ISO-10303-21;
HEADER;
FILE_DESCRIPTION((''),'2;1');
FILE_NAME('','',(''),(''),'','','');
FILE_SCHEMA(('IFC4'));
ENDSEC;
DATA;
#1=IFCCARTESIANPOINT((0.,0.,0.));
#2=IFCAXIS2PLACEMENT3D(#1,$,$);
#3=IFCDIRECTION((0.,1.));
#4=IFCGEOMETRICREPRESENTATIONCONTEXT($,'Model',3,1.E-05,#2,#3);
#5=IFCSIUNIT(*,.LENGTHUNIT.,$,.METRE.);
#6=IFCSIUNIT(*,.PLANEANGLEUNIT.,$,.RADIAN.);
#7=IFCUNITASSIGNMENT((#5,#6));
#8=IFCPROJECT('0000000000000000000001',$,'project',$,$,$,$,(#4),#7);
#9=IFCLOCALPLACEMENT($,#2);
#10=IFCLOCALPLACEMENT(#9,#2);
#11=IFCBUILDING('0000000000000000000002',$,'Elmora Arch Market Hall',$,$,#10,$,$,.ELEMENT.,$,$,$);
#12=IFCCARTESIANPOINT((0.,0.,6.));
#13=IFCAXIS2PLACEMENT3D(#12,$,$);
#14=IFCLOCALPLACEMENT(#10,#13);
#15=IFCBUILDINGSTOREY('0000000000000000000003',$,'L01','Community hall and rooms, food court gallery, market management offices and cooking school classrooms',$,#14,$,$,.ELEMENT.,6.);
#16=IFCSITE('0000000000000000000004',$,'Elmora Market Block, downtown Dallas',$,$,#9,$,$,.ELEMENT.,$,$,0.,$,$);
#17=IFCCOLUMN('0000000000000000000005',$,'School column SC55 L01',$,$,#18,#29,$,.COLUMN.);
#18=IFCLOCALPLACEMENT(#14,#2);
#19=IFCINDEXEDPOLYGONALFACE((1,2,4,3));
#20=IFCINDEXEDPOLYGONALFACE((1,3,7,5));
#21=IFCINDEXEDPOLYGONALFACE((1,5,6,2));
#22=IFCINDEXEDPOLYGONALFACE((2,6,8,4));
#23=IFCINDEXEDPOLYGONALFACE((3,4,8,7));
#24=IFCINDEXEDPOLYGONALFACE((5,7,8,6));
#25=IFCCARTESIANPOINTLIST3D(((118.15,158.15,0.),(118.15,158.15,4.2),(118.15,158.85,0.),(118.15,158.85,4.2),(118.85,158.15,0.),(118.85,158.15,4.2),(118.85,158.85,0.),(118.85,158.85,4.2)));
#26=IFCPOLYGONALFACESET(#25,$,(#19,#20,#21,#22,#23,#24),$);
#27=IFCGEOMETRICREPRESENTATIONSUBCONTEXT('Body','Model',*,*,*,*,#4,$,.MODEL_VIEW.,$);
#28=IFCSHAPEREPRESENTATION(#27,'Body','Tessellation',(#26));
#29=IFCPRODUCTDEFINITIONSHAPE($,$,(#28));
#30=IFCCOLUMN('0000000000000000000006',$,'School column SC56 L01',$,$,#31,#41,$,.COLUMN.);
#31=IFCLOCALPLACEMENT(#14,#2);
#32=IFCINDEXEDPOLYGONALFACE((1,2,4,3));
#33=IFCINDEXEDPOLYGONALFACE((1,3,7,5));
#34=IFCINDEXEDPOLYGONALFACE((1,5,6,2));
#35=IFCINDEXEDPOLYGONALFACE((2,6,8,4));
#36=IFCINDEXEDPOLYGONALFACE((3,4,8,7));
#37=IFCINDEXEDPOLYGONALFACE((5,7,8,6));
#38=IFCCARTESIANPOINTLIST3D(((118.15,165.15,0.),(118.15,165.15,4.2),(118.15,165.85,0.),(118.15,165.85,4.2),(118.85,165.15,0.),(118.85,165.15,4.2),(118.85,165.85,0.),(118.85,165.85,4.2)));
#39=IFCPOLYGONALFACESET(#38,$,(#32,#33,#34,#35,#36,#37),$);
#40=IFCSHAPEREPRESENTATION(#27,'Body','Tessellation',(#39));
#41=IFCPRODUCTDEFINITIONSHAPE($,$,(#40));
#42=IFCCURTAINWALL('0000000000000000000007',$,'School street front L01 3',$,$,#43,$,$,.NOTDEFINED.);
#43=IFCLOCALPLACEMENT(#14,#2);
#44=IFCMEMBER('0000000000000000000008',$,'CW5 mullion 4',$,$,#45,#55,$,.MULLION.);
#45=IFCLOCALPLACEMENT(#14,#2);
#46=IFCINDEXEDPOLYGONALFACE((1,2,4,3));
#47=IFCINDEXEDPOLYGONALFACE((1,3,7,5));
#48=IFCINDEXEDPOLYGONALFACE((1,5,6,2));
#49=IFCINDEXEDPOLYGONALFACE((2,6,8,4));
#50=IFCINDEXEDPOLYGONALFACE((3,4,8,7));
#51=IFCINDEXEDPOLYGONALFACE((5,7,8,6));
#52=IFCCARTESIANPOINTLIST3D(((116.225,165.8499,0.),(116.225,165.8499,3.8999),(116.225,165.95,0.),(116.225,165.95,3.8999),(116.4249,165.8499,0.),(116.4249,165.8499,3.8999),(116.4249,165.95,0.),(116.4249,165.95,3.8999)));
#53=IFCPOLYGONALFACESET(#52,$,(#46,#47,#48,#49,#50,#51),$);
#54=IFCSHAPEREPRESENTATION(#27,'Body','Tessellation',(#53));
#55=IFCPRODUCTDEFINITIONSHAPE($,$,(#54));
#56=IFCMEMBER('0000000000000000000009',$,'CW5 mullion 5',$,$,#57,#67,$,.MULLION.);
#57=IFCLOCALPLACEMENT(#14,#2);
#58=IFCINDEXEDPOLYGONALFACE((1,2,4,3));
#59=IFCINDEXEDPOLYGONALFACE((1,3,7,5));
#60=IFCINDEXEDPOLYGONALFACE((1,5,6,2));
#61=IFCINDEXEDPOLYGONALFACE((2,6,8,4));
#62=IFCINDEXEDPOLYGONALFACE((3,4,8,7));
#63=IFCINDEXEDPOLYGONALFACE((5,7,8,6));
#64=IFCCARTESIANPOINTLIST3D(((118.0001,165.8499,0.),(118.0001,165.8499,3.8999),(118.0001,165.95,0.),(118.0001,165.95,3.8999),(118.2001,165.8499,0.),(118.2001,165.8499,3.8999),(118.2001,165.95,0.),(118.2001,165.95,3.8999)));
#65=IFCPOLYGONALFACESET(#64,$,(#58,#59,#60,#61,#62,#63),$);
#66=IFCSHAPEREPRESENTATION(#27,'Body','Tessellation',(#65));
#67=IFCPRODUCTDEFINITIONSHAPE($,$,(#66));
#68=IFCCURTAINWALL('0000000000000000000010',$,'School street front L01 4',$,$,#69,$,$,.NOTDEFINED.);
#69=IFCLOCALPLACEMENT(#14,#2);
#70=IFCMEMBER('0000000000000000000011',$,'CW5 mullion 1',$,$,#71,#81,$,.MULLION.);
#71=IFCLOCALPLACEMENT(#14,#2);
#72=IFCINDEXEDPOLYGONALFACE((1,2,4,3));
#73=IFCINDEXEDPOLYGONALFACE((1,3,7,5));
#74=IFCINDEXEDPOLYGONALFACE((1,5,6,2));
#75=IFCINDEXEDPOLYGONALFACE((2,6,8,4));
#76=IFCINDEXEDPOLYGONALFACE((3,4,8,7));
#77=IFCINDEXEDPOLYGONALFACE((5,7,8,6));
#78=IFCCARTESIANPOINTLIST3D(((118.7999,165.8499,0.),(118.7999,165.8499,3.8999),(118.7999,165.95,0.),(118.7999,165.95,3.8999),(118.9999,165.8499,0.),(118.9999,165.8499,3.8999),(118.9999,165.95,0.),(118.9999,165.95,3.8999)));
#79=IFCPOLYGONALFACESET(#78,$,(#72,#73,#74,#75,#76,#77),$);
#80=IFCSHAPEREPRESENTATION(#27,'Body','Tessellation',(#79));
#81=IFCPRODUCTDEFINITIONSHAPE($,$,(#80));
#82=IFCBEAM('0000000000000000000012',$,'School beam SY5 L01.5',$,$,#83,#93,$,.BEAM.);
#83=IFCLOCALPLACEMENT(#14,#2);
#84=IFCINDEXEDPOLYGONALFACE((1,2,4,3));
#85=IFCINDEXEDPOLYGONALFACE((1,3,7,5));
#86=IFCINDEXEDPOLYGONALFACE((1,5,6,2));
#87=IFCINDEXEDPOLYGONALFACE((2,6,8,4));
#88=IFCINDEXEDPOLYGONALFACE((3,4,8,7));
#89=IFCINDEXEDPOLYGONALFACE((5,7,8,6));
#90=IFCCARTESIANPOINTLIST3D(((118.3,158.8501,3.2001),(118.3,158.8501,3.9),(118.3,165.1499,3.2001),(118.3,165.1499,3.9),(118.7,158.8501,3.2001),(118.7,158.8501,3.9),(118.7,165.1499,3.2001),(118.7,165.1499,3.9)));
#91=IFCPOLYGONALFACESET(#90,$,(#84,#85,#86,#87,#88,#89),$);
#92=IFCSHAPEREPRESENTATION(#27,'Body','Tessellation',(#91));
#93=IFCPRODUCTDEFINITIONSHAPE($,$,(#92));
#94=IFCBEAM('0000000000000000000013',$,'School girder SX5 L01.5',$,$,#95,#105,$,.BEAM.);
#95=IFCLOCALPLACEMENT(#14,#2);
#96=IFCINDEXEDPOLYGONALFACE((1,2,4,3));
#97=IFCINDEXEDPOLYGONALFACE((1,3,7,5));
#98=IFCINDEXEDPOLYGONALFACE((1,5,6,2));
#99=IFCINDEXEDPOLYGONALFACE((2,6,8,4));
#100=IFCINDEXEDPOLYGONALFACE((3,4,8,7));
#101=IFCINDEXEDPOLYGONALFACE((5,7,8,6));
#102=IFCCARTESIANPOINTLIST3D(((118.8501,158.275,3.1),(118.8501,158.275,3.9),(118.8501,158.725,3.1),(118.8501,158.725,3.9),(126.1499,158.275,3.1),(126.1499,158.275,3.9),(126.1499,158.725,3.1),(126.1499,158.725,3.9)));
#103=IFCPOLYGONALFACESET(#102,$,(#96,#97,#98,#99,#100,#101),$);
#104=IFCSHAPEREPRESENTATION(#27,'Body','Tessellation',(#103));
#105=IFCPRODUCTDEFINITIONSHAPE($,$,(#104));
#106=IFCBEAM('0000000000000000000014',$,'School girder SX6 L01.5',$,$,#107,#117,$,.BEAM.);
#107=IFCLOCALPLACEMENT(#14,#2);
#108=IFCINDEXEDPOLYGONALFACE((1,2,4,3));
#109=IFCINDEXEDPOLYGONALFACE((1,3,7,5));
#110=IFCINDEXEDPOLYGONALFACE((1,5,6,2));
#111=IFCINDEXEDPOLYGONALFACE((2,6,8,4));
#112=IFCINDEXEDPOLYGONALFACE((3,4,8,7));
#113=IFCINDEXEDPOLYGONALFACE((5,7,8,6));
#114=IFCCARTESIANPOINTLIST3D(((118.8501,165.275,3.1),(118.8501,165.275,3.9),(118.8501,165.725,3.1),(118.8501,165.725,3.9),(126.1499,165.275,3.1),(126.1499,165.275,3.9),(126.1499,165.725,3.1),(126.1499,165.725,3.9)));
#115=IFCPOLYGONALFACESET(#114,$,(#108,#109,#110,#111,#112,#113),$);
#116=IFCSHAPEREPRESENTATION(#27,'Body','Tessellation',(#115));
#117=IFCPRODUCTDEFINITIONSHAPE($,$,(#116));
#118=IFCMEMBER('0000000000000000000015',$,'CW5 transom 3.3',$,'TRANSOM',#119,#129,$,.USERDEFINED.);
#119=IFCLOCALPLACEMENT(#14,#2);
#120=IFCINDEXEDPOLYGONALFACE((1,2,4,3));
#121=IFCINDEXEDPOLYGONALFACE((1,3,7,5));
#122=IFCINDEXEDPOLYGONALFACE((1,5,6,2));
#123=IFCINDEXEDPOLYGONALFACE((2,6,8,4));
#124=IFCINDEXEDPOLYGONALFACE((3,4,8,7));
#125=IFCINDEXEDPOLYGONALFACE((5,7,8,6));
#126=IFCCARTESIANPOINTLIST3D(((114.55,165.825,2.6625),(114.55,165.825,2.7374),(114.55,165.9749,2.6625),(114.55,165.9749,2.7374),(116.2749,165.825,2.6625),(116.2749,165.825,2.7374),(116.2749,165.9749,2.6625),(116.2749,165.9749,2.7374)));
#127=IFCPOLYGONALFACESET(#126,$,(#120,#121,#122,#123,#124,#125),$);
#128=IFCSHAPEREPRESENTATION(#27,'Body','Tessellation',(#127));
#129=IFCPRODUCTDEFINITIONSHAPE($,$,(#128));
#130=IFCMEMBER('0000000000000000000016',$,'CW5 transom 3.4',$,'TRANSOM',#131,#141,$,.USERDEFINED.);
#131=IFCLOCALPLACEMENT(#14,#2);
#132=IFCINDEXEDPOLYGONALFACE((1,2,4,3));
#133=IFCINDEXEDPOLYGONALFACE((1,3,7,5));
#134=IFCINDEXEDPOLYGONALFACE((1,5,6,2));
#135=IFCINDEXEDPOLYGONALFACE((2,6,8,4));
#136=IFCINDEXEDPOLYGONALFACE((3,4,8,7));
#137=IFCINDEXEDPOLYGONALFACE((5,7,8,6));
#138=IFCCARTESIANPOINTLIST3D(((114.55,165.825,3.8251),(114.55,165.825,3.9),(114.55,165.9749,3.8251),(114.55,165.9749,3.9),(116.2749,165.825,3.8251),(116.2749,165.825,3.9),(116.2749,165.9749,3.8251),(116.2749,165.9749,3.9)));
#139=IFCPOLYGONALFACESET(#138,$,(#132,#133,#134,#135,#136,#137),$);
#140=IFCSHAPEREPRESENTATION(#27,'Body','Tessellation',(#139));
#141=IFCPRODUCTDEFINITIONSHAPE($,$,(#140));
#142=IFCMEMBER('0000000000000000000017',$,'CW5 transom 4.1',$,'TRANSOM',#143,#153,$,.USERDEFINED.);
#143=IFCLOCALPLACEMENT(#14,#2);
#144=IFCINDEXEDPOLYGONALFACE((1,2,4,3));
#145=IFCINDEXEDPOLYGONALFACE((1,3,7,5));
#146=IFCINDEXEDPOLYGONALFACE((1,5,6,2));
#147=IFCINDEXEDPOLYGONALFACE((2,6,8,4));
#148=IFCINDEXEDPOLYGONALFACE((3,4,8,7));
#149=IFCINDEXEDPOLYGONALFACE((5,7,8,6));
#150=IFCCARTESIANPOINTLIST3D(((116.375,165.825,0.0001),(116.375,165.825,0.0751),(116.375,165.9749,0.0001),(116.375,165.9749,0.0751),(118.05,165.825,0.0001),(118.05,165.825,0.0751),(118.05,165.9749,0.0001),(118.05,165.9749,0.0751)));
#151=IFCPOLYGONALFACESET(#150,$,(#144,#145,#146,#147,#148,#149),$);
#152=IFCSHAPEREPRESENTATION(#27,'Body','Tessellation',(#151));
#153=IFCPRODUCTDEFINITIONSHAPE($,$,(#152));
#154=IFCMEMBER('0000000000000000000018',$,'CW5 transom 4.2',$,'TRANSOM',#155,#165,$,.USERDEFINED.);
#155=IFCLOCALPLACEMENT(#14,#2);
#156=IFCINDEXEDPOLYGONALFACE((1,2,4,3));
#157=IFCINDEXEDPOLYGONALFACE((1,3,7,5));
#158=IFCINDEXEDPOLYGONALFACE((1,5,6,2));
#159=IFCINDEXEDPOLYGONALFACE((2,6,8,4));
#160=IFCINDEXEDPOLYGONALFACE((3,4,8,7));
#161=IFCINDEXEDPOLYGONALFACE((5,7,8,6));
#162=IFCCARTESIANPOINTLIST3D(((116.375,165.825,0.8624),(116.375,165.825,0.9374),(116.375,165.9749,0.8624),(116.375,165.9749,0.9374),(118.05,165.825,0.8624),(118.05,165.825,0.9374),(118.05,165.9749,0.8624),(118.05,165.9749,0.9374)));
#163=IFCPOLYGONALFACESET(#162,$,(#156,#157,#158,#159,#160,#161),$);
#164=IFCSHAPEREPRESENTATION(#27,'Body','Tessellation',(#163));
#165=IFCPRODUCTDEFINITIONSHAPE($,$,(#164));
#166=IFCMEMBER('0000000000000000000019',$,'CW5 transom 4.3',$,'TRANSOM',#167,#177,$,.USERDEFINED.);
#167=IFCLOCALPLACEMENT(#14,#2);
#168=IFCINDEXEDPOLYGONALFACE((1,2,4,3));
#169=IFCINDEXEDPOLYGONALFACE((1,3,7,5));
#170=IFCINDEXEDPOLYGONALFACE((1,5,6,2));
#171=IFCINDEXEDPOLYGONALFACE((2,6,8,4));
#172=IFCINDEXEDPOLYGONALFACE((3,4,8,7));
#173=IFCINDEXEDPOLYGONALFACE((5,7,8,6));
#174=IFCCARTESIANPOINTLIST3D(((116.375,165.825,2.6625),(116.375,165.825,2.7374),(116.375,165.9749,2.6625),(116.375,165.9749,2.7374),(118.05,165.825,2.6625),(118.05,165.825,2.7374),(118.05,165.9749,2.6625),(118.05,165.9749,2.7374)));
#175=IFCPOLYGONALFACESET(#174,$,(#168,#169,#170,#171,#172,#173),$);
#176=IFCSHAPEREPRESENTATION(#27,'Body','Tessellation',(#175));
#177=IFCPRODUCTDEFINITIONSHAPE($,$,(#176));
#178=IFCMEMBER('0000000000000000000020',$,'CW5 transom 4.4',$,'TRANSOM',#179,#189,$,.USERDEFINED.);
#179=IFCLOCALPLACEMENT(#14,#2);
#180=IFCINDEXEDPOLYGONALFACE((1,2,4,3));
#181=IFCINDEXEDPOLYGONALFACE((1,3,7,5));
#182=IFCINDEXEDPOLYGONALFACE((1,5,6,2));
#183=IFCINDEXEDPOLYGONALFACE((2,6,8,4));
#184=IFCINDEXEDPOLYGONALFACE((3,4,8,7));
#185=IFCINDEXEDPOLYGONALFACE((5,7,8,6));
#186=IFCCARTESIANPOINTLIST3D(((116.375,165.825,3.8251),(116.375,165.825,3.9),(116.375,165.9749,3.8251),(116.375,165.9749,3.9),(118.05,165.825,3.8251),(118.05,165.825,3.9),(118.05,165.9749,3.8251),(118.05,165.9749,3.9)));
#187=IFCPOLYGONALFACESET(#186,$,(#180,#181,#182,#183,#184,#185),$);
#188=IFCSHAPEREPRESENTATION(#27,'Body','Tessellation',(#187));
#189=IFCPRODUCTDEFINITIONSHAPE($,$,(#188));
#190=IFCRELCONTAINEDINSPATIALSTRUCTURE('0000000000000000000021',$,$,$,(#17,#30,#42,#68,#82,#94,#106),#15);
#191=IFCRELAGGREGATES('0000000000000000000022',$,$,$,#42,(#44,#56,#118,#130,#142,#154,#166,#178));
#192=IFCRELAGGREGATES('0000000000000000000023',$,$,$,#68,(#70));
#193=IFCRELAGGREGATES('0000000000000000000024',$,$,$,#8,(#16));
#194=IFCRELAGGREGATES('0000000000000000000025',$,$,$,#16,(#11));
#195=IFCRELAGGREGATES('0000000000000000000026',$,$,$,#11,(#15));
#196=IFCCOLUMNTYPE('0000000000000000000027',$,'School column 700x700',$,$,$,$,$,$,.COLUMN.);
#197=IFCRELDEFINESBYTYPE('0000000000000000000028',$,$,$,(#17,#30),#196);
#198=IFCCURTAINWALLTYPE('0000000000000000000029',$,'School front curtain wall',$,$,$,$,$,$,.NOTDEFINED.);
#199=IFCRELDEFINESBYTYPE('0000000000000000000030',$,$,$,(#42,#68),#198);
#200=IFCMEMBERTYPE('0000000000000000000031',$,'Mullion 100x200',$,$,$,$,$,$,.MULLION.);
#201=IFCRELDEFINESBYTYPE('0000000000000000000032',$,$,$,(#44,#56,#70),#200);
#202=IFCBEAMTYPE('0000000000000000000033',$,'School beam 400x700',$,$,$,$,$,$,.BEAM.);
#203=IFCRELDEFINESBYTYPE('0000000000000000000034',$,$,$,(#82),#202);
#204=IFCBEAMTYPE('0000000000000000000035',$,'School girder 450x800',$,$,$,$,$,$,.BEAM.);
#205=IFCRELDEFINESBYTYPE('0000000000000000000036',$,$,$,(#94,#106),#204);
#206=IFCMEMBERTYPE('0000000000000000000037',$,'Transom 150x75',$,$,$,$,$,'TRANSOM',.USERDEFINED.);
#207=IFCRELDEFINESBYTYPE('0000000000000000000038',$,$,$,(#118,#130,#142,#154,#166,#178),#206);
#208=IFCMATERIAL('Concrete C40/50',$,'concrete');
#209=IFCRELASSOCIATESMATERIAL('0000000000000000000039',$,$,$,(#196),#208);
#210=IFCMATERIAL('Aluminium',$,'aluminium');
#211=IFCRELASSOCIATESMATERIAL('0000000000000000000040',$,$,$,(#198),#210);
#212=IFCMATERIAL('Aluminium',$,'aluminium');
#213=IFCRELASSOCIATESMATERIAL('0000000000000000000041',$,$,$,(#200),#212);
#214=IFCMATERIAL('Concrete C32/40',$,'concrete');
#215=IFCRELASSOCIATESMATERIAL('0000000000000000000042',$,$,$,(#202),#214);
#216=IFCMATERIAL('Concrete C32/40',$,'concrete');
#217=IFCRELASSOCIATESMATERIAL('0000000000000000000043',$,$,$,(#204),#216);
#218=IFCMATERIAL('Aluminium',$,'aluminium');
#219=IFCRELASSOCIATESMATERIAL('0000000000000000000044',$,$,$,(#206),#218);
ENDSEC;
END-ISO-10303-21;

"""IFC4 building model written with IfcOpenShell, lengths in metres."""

from ifc_helpers import new_model, si_unit, direction, frame, origin, origin_2d, place, context, subcontext, project, spatial, rectangle, extrude, material, material_profile, profile_set, type_object, element, aggregate, save


model = new_model("IFC4")

# Units and contexts
model_context = context("Model", 3, precision=1e-05, world=origin(), true_north=direction((0.0, 1.0)))
body_context = subcontext(model_context, "Body", "Model", "MODEL_VIEW")
ifc_project = project(units=[si_unit("LENGTHUNIT", "METRE"), si_unit("PLANEANGLEUNIT", "RADIAN")], contexts=[model_context])

# Site, building, storey
site_placement = place(None, origin())
site = spatial("IfcSite", under=ifc_project, at=site_placement, Name="Elmora Market Block, downtown Dallas", CompositionType="ELEMENT", RefElevation=0.0)
building_placement = place(site_placement, origin())
building = spatial("IfcBuilding", under=site, at=building_placement, Name="Elmora Arch Market Hall", CompositionType="ELEMENT")
storey_placement = place(building_placement, frame((0.0, 0.0, 6.0)))
storey = spatial("IfcBuildingStorey", under=building, at=storey_placement, Name="L01", Description="Community hall and rooms, food court gallery, market management offices and cooking school classrooms", CompositionType="ELEMENT", Elevation=6.0)

# Columns
ifc_material_1 = material(Name="Concrete C40/50", Category="concrete")
ifc_material_profile_1 = material_profile(ifc_material_1, rectangle(XDim=0.7, YDim=0.7, at=origin_2d()), Name="School column 700x700")
ifc_profile_set_1 = profile_set([ifc_material_profile_1], Name="Concrete C40/50")
column_type = type_object("IfcColumnType", Name="School column 700x700", PredefinedType="COLUMN", material=ifc_profile_set_1)
for number, where, z_axis, x_axis, name in (
    (1, (118.5, 158.5, 0.0), (0.0, 0.0, 1.0), (1.0, 0.0, 0.0), "School column SC55 L01"),
    (2, (118.5, 165.5, 0.0), (0.0, 0.0, 1.0), (1.0, 0.0, 0.0), "School column SC56 L01"),
):
    element("IfcColumn", number, at=place(storey_placement, frame(where, z_axis=z_axis, x_axis=x_axis)), inside=storey, type_object=column_type, Name=name, PredefinedType="COLUMN", context=body_context, shape_type="SweptSolid", body=[
        extrude(rectangle(XDim=0.7, YDim=0.7, at=origin_2d()), origin(), (0.0, 0.0, 1.0), 4.2),
    ])

# Curtain wall, members
ifc_material_2 = material(Name="Aluminium", Category="aluminium")
curtain_wall_type = type_object("IfcCurtainWallType", Name="School front curtain wall", PredefinedType="NOTDEFINED", material=ifc_material_2)
curtain_wall_1_placement = place(storey_placement, origin())
curtain_wall_1 = element("IfcCurtainWall", 3, at=curtain_wall_1_placement, inside=storey, type_object=curtain_wall_type, Name="School street front L01 3", PredefinedType="NOTDEFINED")
ifc_material_3 = material(Name="Aluminium", Category="aluminium")
ifc_material_profile_2 = material_profile(ifc_material_3, rectangle(XDim=0.1001, YDim=0.2, at=origin_2d()), Name="AL 100x200")
ifc_profile_set_2 = profile_set([ifc_material_profile_2], Name="Aluminium")
member_type_1 = type_object("IfcMemberType", Name="Mullion 100x200", PredefinedType="MULLION", material=ifc_profile_set_2)
member_1_placement = place(storey_placement, frame((116.325, 165.8999, 0.0), z_axis=(0.0, 0.0, 1.0), x_axis=(0.0, 1.0, 0.0)))
member_1 = element("IfcMember", 4, at=member_1_placement, type_object=member_type_1, Name="CW5 mullion 4", PredefinedType="MULLION", context=body_context, shape_type="SweptSolid", body=[
    extrude(rectangle(XDim=0.1001, YDim=0.2, at=origin_2d()), origin(), (0.0, 0.0, 1.0), 3.8999),
])
member_2_placement = place(storey_placement, frame((118.1001, 165.8999, 0.0), z_axis=(0.0, 0.0, 1.0), x_axis=(0.0, 1.0, 0.0)))
member_2 = element("IfcMember", 5, at=member_2_placement, type_object=member_type_1, Name="CW5 mullion 5", PredefinedType="MULLION", context=body_context, shape_type="SweptSolid", body=[
    extrude(rectangle(XDim=0.1001, YDim=0.2, at=origin_2d()), origin(), (0.0, 0.0, 1.0), 3.8999),
])

# Curtain wall, member
curtain_wall_2_placement = place(storey_placement, origin())
curtain_wall_2 = element("IfcCurtainWall", 6, at=curtain_wall_2_placement, inside=storey, type_object=curtain_wall_type, Name="School street front L01 4", PredefinedType="NOTDEFINED")
member_3_placement = place(storey_placement, frame((118.8999, 165.8999, 0.0), z_axis=(0.0, 0.0, 1.0), x_axis=(0.0, 1.0, 0.0)))
member_3 = element("IfcMember", 7, at=member_3_placement, type_object=member_type_1, Name="CW5 mullion 1", PredefinedType="MULLION", context=body_context, shape_type="SweptSolid", body=[
    extrude(rectangle(XDim=0.1001, YDim=0.2, at=origin_2d()), origin(), (0.0, 0.0, 1.0), 3.8999),
])

# Beams
ifc_material_4 = material(Name="Concrete C32/40", Category="concrete")
ifc_material_profile_3 = material_profile(ifc_material_4, rectangle(XDim=0.3999, YDim=0.7, at=origin_2d()), Name="School beam 400x700")
ifc_profile_set_3 = profile_set([ifc_material_profile_3], Name="Concrete C32/40")
beam_type_1 = type_object("IfcBeamType", Name="School beam 400x700", PredefinedType="BEAM", material=ifc_profile_set_3)
beam_placement = place(storey_placement, frame((118.5, 158.8501, 3.55), z_axis=(0.0, 1.0, 0.0), x_axis=(-1.0, 0.0, 0.0)))
element("IfcBeam", 8, at=beam_placement, inside=storey, type_object=beam_type_1, Name="School beam SY5 L01.5", PredefinedType="BEAM", context=body_context, shape_type="SweptSolid", body=[
    extrude(rectangle(XDim=0.3999, YDim=0.7, at=origin_2d()), origin(), (0.0, 0.0, 1.0), 6.2998),
])
ifc_material_5 = material(Name="Concrete C32/40", Category="concrete")
ifc_material_profile_4 = material_profile(ifc_material_5, rectangle(XDim=0.45, YDim=0.8, at=origin_2d()), Name="School girder 450x800")
ifc_profile_set_4 = profile_set([ifc_material_profile_4], Name="Concrete C32/40")
beam_type_2 = type_object("IfcBeamType", Name="School girder 450x800", PredefinedType="BEAM", material=ifc_profile_set_4)
for number, where, z_axis, x_axis, name in (
    (9, (118.8501, 158.5, 3.5), (1.0, 0.0, 0.0), (0.0, 1.0, 0.0), "School girder SX5 L01.5"),
    (10, (118.8501, 165.5, 3.5), (1.0, 0.0, 0.0), (0.0, 1.0, 0.0), "School girder SX6 L01.5"),
):
    element("IfcBeam", number, at=place(storey_placement, frame(where, z_axis=z_axis, x_axis=x_axis)), inside=storey, type_object=beam_type_2, Name=name, PredefinedType="BEAM", context=body_context, shape_type="SweptSolid", body=[
        extrude(rectangle(XDim=0.45, YDim=0.8, at=origin_2d()), origin(), (0.0, 0.0, 1.0), 7.2998),
    ])

# Members
ifc_material_6 = material(Name="Aluminium", Category="aluminium")
ifc_material_profile_5 = material_profile(ifc_material_6, rectangle(XDim=0.1499, YDim=0.075, at=origin_2d()), Name="AL 150x75")
ifc_profile_set_5 = profile_set([ifc_material_profile_5], Name="Aluminium")
member_type_2 = type_object("IfcMemberType", Name="Transom 150x75", ElementType="TRANSOM", PredefinedType="USERDEFINED", material=ifc_profile_set_5)
member_4_placement = place(storey_placement, frame((114.55, 165.8999, 2.7), z_axis=(1.0, 0.0, 0.0), x_axis=(0.0, 1.0, 0.0)))
member_4 = element("IfcMember", 11, at=member_4_placement, type_object=member_type_2, Name="CW5 transom 3.3", ObjectType="TRANSOM", PredefinedType="USERDEFINED", context=body_context, shape_type="SweptSolid", body=[
    extrude(rectangle(XDim=0.1499, YDim=0.075, at=origin_2d()), origin(), (0.0, 0.0, 1.0), 1.7249),
])
member_5_placement = place(storey_placement, frame((114.55, 165.8999, 3.8625), z_axis=(1.0, 0.0, 0.0), x_axis=(0.0, 1.0, 0.0)))
member_5 = element("IfcMember", 12, at=member_5_placement, type_object=member_type_2, Name="CW5 transom 3.4", ObjectType="TRANSOM", PredefinedType="USERDEFINED", context=body_context, shape_type="SweptSolid", body=[
    extrude(rectangle(XDim=0.1499, YDim=0.075, at=origin_2d()), origin(), (0.0, 0.0, 1.0), 1.7249),
])
member_6_placement = place(storey_placement, frame((116.375, 165.8999, 0.0376), z_axis=(1.0, 0.0, 0.0), x_axis=(0.0, 1.0, 0.0)))
member_6 = element("IfcMember", 13, at=member_6_placement, type_object=member_type_2, Name="CW5 transom 4.1", ObjectType="TRANSOM", PredefinedType="USERDEFINED", context=body_context, shape_type="SweptSolid", body=[
    extrude(rectangle(XDim=0.1499, YDim=0.075, at=origin_2d()), origin(), (0.0, 0.0, 1.0), 1.675),
])
member_7_placement = place(storey_placement, frame((116.375, 165.8999, 0.8999), z_axis=(1.0, 0.0, 0.0), x_axis=(0.0, 1.0, 0.0)))
member_7 = element("IfcMember", 14, at=member_7_placement, type_object=member_type_2, Name="CW5 transom 4.2", ObjectType="TRANSOM", PredefinedType="USERDEFINED", context=body_context, shape_type="SweptSolid", body=[
    extrude(rectangle(XDim=0.1499, YDim=0.075, at=origin_2d()), origin(), (0.0, 0.0, 1.0), 1.675),
])
member_8_placement = place(storey_placement, frame((116.375, 165.8999, 2.7), z_axis=(1.0, 0.0, 0.0), x_axis=(0.0, 1.0, 0.0)))
member_8 = element("IfcMember", 15, at=member_8_placement, type_object=member_type_2, Name="CW5 transom 4.3", ObjectType="TRANSOM", PredefinedType="USERDEFINED", context=body_context, shape_type="SweptSolid", body=[
    extrude(rectangle(XDim=0.1499, YDim=0.075, at=origin_2d()), origin(), (0.0, 0.0, 1.0), 1.675),
])
member_9_placement = place(storey_placement, frame((116.375, 165.8999, 3.8625), z_axis=(1.0, 0.0, 0.0), x_axis=(0.0, 1.0, 0.0)))
member_9 = element("IfcMember", 16, at=member_9_placement, type_object=member_type_2, Name="CW5 transom 4.4", ObjectType="TRANSOM", PredefinedType="USERDEFINED", context=body_context, shape_type="SweptSolid", body=[
    extrude(rectangle(XDim=0.1499, YDim=0.075, at=origin_2d()), origin(), (0.0, 0.0, 1.0), 1.675),
])

aggregate(curtain_wall_1, [member_1, member_2, member_4, member_5, member_6, member_7, member_8, member_9])
aggregate(curtain_wall_2, [member_3])

save(model, "model.ifc")
